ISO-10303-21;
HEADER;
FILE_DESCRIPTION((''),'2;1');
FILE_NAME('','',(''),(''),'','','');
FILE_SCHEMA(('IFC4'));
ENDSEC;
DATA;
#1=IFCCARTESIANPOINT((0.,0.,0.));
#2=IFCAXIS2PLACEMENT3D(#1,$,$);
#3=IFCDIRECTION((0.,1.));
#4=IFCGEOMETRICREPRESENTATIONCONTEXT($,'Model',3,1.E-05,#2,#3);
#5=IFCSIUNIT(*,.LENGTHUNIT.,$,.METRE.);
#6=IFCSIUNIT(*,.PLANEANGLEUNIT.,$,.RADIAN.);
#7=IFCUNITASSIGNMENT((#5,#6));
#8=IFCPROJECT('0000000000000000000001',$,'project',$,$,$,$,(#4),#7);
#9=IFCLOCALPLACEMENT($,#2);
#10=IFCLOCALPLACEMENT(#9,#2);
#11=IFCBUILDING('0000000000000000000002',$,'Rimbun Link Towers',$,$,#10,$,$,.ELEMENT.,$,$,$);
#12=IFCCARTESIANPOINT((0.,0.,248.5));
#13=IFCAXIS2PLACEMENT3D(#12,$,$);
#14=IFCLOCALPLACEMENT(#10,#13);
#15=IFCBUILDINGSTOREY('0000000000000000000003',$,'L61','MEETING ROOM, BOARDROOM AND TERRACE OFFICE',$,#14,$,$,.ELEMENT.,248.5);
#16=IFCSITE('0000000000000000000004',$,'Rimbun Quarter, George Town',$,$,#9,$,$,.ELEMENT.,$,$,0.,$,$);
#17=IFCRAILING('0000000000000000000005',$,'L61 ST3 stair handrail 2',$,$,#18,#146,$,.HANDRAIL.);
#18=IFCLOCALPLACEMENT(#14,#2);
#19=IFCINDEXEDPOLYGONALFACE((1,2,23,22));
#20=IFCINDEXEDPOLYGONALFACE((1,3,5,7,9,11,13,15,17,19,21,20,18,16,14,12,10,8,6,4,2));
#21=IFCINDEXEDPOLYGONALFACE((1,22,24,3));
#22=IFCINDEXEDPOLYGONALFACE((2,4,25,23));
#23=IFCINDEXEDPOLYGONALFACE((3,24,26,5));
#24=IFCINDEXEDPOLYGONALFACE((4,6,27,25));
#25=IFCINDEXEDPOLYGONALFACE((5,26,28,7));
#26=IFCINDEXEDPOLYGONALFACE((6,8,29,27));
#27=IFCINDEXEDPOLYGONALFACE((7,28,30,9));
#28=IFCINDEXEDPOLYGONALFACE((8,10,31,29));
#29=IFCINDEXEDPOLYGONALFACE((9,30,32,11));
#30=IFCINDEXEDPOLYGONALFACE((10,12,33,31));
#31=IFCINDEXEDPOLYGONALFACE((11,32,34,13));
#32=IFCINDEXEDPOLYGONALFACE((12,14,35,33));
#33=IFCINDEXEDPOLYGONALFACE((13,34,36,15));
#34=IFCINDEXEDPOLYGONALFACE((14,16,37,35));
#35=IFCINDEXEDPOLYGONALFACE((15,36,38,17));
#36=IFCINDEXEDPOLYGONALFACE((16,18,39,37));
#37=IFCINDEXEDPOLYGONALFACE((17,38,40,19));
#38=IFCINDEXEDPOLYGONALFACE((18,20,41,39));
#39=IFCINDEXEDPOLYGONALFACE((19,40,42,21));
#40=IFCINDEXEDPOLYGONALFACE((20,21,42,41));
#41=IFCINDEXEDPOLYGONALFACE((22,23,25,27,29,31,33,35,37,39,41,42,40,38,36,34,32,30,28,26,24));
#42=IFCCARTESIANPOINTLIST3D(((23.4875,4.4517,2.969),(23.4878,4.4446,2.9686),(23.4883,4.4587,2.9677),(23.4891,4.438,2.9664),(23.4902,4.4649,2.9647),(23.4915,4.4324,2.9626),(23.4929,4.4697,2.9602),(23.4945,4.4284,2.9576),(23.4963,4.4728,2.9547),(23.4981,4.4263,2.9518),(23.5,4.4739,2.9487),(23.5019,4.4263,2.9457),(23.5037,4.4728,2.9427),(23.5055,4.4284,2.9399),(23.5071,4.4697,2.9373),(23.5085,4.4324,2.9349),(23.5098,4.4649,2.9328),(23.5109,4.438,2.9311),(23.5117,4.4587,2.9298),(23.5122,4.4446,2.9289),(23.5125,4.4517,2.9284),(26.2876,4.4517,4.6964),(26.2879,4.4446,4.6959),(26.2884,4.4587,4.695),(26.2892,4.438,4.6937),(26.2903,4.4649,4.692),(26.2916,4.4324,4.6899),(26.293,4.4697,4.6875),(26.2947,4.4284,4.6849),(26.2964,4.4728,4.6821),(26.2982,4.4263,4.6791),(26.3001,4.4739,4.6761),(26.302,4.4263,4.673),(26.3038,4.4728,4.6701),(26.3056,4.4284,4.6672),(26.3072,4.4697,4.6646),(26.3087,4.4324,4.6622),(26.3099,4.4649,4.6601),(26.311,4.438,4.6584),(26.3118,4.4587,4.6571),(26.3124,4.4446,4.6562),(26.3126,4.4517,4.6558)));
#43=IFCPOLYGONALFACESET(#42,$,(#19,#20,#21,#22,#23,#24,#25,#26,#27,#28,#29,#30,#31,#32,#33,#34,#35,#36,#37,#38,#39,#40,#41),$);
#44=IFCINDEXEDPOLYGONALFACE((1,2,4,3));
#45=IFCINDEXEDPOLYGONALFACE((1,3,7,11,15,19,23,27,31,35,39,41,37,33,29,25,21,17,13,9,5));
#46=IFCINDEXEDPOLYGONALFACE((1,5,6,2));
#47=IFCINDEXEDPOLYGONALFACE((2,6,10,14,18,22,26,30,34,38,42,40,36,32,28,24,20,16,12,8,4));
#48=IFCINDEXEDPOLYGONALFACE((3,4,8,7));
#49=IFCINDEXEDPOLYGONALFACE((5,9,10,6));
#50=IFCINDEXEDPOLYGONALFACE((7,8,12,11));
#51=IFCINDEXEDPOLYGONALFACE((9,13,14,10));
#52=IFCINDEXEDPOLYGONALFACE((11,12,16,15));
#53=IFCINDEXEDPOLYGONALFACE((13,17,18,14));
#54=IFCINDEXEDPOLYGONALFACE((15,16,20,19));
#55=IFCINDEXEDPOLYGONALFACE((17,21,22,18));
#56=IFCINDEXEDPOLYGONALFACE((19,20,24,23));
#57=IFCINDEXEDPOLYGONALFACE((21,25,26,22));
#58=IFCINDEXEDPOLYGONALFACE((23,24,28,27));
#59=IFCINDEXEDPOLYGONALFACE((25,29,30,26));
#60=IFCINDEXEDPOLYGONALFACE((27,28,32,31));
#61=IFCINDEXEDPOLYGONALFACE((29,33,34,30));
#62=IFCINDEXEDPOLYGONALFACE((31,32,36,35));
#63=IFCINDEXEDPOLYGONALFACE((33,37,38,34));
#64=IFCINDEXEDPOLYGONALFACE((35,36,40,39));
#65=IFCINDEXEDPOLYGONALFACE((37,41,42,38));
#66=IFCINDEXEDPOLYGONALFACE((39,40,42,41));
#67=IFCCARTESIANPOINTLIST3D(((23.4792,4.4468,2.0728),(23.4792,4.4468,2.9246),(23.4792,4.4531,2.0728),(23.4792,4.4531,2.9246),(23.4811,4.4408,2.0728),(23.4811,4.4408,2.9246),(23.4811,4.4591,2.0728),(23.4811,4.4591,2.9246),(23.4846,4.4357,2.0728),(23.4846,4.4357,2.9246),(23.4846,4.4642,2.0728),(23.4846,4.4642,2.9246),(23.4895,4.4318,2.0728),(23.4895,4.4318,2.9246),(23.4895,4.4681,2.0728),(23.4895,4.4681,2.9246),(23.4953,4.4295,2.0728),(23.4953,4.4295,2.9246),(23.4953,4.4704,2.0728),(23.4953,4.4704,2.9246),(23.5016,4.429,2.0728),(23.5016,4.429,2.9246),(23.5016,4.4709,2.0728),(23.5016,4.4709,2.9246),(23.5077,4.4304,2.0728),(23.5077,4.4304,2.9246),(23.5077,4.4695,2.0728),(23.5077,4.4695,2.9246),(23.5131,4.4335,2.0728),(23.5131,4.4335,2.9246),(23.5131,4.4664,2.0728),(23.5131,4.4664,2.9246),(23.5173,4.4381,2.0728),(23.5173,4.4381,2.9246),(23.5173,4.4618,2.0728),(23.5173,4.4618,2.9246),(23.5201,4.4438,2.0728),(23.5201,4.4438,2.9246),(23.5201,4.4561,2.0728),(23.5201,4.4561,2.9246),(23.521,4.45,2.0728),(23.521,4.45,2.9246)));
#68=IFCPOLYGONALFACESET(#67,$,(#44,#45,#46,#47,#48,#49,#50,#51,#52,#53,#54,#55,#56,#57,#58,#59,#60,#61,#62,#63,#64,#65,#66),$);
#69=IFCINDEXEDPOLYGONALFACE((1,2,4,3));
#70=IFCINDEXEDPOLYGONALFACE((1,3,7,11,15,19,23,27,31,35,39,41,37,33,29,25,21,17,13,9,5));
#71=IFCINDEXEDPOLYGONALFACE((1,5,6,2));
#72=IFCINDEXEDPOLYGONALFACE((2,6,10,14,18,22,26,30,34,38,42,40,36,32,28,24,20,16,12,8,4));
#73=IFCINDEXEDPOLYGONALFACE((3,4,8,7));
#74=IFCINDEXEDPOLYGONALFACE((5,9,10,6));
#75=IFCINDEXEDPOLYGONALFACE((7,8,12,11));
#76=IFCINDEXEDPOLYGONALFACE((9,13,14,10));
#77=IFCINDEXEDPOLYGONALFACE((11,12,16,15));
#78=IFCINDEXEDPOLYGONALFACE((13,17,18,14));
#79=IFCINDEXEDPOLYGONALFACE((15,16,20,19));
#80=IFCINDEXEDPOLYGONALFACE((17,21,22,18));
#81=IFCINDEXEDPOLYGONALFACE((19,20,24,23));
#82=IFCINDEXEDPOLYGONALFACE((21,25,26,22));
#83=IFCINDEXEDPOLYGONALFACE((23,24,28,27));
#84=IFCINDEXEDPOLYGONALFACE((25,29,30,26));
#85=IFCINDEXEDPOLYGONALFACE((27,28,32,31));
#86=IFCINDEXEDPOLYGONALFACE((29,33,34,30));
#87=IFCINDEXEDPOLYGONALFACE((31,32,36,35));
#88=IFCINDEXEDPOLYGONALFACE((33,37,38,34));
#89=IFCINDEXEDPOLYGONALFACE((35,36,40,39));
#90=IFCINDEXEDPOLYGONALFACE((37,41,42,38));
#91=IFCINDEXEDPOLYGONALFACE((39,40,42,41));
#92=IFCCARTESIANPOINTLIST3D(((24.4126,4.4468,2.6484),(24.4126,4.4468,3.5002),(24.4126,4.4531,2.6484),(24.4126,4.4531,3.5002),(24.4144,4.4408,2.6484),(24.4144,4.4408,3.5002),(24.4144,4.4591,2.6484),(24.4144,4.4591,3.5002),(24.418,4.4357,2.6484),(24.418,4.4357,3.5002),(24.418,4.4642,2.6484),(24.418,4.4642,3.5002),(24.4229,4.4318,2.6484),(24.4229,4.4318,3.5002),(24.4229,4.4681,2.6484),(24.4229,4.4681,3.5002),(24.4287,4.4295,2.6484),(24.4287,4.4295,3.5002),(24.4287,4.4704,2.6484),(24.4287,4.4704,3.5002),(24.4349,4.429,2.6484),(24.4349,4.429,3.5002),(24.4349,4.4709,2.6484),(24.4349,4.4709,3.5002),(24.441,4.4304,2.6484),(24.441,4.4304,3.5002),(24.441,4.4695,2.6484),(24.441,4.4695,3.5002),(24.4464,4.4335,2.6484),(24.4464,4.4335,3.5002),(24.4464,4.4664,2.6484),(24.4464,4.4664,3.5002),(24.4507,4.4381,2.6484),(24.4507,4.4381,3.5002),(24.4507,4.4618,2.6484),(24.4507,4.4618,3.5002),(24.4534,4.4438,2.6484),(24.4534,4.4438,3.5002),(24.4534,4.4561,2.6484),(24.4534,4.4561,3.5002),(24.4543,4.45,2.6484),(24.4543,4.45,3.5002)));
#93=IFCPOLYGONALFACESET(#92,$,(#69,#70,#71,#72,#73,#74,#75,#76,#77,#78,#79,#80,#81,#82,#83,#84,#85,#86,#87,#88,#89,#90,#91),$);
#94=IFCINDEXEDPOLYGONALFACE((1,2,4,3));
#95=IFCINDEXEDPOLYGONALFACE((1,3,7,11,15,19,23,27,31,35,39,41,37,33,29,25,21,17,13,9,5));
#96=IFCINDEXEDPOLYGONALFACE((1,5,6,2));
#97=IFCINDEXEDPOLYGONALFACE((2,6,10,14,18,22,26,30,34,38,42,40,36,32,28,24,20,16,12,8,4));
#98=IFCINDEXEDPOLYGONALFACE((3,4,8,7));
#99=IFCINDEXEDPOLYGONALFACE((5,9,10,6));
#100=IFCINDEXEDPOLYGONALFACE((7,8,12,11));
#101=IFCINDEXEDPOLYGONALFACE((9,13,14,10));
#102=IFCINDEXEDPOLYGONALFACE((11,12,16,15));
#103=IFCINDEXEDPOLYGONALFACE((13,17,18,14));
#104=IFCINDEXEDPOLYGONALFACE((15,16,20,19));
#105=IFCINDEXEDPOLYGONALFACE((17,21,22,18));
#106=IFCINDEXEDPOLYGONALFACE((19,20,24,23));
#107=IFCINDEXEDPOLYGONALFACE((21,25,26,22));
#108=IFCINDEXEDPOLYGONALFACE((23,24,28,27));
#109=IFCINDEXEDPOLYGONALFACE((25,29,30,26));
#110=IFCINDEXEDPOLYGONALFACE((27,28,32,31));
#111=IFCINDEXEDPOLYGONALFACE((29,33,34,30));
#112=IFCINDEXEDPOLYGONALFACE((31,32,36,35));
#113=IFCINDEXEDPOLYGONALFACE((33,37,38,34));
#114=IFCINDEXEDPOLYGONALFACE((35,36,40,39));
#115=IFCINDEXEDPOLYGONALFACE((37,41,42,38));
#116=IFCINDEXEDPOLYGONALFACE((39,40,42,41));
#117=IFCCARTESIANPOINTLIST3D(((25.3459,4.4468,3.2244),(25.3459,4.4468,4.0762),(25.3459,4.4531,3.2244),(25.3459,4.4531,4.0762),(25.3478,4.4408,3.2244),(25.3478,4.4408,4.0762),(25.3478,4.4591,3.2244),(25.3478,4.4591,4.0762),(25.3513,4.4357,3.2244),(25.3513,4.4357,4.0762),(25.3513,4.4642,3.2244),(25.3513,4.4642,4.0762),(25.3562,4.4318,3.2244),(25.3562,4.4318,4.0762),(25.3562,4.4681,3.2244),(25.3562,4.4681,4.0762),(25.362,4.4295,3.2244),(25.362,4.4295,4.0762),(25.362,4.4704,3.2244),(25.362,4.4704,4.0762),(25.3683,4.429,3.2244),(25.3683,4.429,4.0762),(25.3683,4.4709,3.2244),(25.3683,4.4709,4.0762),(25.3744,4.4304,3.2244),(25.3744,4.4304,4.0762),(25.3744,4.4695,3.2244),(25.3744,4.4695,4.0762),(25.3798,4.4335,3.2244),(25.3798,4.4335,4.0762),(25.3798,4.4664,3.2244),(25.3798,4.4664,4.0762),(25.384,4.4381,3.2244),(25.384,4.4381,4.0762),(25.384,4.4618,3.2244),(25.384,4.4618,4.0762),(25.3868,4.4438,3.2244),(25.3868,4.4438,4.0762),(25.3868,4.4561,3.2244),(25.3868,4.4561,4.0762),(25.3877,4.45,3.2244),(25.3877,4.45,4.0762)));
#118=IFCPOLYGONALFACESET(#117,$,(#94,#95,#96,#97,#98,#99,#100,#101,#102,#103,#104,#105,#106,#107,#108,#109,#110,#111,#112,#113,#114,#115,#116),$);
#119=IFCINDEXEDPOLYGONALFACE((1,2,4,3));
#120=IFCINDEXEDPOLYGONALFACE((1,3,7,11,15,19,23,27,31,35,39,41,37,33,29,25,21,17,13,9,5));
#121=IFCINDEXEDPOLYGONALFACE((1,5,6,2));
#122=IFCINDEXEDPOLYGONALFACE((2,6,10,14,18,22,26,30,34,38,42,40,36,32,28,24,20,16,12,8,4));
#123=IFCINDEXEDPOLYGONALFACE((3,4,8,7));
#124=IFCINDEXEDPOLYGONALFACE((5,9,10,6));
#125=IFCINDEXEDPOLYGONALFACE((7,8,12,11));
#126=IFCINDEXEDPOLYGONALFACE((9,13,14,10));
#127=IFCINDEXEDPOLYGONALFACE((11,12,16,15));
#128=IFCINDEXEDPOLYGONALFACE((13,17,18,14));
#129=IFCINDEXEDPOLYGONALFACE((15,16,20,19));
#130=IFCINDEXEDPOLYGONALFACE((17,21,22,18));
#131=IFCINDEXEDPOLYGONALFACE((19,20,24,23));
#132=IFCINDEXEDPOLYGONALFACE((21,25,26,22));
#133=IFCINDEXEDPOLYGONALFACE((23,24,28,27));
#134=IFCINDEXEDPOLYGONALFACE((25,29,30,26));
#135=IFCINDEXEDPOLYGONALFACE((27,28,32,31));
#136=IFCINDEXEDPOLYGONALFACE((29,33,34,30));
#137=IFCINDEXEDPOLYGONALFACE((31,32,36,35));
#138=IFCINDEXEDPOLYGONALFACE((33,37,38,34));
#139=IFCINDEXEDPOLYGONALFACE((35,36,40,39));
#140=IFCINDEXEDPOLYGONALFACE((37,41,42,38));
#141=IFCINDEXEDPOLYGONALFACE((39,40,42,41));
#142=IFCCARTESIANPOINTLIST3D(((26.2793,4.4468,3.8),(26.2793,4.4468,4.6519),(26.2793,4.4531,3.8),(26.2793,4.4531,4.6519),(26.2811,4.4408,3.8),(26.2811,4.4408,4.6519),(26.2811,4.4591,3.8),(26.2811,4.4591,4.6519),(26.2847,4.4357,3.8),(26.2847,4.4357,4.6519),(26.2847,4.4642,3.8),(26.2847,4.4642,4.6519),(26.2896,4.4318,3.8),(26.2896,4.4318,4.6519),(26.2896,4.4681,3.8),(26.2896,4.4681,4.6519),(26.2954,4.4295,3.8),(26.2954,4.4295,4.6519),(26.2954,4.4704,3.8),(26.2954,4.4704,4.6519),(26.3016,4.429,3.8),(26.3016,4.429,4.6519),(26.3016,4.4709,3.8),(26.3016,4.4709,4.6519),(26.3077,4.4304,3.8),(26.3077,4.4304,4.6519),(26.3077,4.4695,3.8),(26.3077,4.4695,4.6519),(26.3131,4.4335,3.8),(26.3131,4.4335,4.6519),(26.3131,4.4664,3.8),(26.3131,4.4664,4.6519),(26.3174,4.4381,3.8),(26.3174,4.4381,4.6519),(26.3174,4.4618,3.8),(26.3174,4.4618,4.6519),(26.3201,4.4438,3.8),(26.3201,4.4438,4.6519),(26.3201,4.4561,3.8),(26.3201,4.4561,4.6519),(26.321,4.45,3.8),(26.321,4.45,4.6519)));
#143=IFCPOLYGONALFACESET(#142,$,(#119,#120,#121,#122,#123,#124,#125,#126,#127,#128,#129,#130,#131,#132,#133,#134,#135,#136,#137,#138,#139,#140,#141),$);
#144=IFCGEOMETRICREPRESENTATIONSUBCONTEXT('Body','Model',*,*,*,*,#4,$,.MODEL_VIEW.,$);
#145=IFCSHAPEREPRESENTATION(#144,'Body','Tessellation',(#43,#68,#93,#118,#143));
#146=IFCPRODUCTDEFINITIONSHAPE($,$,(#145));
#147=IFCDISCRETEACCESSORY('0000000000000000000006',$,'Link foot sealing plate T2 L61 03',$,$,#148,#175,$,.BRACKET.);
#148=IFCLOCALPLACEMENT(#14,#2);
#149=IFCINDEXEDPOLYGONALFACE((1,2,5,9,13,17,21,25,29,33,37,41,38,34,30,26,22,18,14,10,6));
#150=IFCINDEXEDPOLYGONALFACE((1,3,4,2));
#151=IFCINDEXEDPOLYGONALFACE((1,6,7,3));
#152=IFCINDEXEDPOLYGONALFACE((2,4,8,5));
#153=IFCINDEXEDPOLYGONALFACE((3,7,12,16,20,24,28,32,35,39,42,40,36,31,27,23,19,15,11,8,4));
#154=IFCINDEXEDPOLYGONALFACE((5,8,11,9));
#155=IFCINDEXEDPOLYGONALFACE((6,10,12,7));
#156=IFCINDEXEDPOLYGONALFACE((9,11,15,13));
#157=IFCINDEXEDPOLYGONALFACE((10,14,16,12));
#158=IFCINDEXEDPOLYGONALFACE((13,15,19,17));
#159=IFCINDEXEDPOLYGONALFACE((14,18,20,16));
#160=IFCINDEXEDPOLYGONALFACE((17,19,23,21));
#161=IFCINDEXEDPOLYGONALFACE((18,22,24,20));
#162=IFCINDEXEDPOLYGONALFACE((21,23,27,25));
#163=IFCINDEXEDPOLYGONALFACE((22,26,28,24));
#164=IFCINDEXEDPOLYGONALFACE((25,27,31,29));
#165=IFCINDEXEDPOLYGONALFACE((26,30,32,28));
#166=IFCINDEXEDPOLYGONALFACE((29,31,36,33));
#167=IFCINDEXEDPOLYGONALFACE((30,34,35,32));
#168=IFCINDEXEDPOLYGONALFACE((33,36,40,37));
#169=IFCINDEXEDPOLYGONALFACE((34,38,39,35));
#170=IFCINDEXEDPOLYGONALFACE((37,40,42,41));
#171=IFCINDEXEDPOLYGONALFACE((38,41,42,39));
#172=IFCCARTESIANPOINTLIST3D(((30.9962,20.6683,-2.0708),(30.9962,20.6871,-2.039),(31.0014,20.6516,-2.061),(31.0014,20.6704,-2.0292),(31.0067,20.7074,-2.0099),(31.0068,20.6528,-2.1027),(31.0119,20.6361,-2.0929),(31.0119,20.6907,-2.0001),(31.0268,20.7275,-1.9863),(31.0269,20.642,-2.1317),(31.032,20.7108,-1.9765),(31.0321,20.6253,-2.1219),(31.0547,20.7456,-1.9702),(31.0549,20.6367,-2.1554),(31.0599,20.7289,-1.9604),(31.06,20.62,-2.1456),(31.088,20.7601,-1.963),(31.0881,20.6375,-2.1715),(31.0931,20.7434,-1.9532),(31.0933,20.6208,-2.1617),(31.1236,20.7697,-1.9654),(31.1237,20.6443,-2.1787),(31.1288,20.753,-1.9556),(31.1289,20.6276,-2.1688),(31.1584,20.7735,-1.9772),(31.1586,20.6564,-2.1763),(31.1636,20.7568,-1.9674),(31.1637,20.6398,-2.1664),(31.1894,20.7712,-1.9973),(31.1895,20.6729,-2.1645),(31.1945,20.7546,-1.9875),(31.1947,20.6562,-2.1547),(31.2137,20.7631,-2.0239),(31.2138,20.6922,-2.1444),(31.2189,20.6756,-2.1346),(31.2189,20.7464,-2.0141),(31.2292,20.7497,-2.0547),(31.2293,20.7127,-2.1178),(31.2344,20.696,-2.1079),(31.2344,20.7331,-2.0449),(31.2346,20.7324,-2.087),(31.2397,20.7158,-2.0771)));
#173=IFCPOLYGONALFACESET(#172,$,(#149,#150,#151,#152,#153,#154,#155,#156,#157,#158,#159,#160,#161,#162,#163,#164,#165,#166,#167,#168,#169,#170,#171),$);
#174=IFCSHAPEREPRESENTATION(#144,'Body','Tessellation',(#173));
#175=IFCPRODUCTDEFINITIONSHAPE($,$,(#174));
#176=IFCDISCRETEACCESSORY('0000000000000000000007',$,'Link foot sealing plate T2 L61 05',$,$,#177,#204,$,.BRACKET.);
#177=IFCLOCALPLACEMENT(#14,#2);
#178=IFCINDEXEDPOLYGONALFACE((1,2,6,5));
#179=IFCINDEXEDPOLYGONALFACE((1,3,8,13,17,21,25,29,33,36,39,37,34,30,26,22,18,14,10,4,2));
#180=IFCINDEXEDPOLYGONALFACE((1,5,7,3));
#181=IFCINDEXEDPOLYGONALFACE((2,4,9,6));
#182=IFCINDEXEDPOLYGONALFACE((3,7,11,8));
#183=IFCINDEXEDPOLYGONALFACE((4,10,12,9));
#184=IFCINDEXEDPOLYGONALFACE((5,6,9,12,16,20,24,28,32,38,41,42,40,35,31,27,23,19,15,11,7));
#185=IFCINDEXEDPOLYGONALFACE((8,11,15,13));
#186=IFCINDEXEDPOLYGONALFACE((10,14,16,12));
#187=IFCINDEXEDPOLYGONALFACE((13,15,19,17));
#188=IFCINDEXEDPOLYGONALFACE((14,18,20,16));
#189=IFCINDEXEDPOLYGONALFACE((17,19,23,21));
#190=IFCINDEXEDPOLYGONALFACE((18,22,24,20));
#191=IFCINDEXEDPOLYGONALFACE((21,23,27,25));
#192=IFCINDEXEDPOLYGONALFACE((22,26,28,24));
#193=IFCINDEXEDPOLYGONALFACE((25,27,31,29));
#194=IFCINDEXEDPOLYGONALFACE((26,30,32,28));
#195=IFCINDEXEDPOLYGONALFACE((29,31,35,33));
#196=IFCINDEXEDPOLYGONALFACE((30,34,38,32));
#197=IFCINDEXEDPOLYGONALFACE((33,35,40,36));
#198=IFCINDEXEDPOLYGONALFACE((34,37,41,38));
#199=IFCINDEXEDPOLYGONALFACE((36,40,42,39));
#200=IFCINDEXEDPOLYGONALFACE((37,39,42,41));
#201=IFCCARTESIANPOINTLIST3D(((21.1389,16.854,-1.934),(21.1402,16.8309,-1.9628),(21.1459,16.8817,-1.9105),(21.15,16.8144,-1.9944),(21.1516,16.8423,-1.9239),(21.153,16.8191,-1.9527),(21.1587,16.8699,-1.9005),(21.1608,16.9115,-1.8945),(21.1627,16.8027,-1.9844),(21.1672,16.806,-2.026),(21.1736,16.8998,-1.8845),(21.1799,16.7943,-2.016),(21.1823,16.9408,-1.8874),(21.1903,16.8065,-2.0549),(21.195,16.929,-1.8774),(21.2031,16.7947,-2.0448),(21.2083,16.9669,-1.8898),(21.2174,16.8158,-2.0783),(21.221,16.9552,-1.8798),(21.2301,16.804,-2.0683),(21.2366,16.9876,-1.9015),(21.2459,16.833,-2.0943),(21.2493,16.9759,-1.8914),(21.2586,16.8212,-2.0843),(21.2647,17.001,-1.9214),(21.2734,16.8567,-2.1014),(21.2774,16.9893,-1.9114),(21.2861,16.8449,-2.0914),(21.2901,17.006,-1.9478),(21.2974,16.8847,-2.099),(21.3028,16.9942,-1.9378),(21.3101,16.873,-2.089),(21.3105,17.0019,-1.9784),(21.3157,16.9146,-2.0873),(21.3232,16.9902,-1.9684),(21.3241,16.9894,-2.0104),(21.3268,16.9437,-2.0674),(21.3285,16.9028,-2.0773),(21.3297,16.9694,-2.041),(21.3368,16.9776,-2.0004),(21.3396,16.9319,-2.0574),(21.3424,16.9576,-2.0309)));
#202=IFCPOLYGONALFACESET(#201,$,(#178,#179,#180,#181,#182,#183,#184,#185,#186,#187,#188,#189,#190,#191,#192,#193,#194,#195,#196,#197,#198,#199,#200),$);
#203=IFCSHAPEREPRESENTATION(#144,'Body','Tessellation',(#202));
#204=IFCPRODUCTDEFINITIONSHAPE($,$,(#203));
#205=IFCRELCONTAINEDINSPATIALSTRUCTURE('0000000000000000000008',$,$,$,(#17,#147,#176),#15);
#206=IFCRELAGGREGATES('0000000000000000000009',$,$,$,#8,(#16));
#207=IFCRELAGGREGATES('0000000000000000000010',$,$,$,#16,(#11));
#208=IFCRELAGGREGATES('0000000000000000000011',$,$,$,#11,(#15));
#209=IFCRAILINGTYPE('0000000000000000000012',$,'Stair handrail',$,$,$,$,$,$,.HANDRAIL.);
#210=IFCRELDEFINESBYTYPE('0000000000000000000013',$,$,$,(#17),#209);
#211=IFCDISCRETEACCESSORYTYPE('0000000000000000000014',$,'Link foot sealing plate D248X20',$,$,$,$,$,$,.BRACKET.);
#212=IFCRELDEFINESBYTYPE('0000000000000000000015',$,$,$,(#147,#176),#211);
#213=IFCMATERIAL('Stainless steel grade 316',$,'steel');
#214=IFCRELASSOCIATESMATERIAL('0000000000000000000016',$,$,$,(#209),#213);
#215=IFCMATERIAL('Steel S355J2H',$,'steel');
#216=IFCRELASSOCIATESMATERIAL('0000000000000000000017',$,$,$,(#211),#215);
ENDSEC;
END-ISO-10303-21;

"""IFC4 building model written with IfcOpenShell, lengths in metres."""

from ifc_helpers import new_model, si_unit, direction, frame, origin, origin_2d, place, context, subcontext, project, spatial, circle, extrude, material, material_profile, profile_set, type_object, element, save


model = new_model("IFC4")

# Units and contexts
model_context = context("Model", 3, precision=1e-05, world=origin(), true_north=direction((0.0, 1.0)))
body_context = subcontext(model_context, "Body", "Model", "MODEL_VIEW")
ifc_project = project(units=[si_unit("LENGTHUNIT", "METRE"), si_unit("PLANEANGLEUNIT", "RADIAN")], contexts=[model_context])

# Site, building, storey
site_placement = place(None, origin())
site = spatial("IfcSite", under=ifc_project, at=site_placement, Name="Rimbun Quarter, George Town", CompositionType="ELEMENT", RefElevation=0.0)
building_placement = place(site_placement, origin())
building = spatial("IfcBuilding", under=site, at=building_placement, Name="Rimbun Link Towers", CompositionType="ELEMENT")
storey_placement = place(building_placement, frame((0.0, 0.0, 248.5)))
storey = spatial("IfcBuildingStorey", under=building, at=storey_placement, Name="L61", Description="MEETING ROOM, BOARDROOM AND TERRACE OFFICE", CompositionType="ELEMENT", Elevation=248.5)

# Railing
ifc_material_1 = material(Name="Stainless steel grade 316", Category="steel")
railing_type_1 = type_object("IfcRailingType", Name="Stair handrail", PredefinedType="HANDRAIL", material=ifc_material_1)
railing_1_placement = place(storey_placement, frame((23.5, 4.45, 2.0728)))
element("IfcRailing", 1, at=railing_1_placement, inside=storey, type_object=railing_type_1, Name="L61 ST3 stair handrail 2", PredefinedType="HANDRAIL", context=body_context, shape_type="SweptSolid", body=[
    extrude(circle(Radius=0.0239, at=origin_2d()), frame((0.0, 0.0, 0.876), z_axis=(0.85109, 0.0, 0.52502), x_axis=(0.0, 1.0, 0.0)), (0.0, 0.0, 1.0), 3.29),
    extrude(circle(Radius=0.021, at=origin_2d()), origin(), (0.0, 0.0, 1.0), 0.8518),
    extrude(circle(Radius=0.021, at=origin_2d()), frame((0.9333, 0.0, 0.5757)), (0.0, 0.0, 1.0), 0.8518),
    extrude(circle(Radius=0.021, at=origin_2d()), frame((1.8667, 0.0, 1.1516)), (0.0, 0.0, 1.0), 0.8518),
    extrude(circle(Radius=0.021, at=origin_2d()), frame((2.8, 0.0, 1.7273)), (0.0, 0.0, 1.0), 0.8518),
])

# Discrete accessories
ifc_material_2 = material(Name="Steel S355J2H", Category="steel")
ifc_material_profile_1 = material_profile(ifc_material_2, circle(Radius=0.124, at=origin_2d()), Name="PL D248")
ifc_profile_set_1 = profile_set([ifc_material_profile_1], Name="Steel S355J2H")
discrete_accessory_type = type_object("IfcDiscreteAccessoryType", Name="Link foot sealing plate D248X20", PredefinedType="BRACKET", material=ifc_profile_set_1)
for number, where, z_axis, x_axis, name in (
    (2, (31.1199, 20.6882, -2.061), (-0.257229, 0.832931, -0.489959), (-0.955475, -0.295073, 0.0), "Link foot sealing plate T2 L61 03"),
    (3, (21.2468, 16.8938, -1.9844), (-0.635803, 0.586895, -0.501306), (-0.67828, -0.734803, 0.0), "Link foot sealing plate T2 L61 05"),
):
    element("IfcDiscreteAccessory", number, at=place(storey_placement, frame(where, z_axis=z_axis, x_axis=x_axis)), inside=storey, type_object=discrete_accessory_type, Name=name, PredefinedType="BRACKET", context=body_context, shape_type="SweptSolid", body=[
        extrude(circle(Radius=0.124, at=origin_2d()), origin(), (0.0, 0.0, 1.0), 0.02),
    ])

save(model, "model.ifc")
